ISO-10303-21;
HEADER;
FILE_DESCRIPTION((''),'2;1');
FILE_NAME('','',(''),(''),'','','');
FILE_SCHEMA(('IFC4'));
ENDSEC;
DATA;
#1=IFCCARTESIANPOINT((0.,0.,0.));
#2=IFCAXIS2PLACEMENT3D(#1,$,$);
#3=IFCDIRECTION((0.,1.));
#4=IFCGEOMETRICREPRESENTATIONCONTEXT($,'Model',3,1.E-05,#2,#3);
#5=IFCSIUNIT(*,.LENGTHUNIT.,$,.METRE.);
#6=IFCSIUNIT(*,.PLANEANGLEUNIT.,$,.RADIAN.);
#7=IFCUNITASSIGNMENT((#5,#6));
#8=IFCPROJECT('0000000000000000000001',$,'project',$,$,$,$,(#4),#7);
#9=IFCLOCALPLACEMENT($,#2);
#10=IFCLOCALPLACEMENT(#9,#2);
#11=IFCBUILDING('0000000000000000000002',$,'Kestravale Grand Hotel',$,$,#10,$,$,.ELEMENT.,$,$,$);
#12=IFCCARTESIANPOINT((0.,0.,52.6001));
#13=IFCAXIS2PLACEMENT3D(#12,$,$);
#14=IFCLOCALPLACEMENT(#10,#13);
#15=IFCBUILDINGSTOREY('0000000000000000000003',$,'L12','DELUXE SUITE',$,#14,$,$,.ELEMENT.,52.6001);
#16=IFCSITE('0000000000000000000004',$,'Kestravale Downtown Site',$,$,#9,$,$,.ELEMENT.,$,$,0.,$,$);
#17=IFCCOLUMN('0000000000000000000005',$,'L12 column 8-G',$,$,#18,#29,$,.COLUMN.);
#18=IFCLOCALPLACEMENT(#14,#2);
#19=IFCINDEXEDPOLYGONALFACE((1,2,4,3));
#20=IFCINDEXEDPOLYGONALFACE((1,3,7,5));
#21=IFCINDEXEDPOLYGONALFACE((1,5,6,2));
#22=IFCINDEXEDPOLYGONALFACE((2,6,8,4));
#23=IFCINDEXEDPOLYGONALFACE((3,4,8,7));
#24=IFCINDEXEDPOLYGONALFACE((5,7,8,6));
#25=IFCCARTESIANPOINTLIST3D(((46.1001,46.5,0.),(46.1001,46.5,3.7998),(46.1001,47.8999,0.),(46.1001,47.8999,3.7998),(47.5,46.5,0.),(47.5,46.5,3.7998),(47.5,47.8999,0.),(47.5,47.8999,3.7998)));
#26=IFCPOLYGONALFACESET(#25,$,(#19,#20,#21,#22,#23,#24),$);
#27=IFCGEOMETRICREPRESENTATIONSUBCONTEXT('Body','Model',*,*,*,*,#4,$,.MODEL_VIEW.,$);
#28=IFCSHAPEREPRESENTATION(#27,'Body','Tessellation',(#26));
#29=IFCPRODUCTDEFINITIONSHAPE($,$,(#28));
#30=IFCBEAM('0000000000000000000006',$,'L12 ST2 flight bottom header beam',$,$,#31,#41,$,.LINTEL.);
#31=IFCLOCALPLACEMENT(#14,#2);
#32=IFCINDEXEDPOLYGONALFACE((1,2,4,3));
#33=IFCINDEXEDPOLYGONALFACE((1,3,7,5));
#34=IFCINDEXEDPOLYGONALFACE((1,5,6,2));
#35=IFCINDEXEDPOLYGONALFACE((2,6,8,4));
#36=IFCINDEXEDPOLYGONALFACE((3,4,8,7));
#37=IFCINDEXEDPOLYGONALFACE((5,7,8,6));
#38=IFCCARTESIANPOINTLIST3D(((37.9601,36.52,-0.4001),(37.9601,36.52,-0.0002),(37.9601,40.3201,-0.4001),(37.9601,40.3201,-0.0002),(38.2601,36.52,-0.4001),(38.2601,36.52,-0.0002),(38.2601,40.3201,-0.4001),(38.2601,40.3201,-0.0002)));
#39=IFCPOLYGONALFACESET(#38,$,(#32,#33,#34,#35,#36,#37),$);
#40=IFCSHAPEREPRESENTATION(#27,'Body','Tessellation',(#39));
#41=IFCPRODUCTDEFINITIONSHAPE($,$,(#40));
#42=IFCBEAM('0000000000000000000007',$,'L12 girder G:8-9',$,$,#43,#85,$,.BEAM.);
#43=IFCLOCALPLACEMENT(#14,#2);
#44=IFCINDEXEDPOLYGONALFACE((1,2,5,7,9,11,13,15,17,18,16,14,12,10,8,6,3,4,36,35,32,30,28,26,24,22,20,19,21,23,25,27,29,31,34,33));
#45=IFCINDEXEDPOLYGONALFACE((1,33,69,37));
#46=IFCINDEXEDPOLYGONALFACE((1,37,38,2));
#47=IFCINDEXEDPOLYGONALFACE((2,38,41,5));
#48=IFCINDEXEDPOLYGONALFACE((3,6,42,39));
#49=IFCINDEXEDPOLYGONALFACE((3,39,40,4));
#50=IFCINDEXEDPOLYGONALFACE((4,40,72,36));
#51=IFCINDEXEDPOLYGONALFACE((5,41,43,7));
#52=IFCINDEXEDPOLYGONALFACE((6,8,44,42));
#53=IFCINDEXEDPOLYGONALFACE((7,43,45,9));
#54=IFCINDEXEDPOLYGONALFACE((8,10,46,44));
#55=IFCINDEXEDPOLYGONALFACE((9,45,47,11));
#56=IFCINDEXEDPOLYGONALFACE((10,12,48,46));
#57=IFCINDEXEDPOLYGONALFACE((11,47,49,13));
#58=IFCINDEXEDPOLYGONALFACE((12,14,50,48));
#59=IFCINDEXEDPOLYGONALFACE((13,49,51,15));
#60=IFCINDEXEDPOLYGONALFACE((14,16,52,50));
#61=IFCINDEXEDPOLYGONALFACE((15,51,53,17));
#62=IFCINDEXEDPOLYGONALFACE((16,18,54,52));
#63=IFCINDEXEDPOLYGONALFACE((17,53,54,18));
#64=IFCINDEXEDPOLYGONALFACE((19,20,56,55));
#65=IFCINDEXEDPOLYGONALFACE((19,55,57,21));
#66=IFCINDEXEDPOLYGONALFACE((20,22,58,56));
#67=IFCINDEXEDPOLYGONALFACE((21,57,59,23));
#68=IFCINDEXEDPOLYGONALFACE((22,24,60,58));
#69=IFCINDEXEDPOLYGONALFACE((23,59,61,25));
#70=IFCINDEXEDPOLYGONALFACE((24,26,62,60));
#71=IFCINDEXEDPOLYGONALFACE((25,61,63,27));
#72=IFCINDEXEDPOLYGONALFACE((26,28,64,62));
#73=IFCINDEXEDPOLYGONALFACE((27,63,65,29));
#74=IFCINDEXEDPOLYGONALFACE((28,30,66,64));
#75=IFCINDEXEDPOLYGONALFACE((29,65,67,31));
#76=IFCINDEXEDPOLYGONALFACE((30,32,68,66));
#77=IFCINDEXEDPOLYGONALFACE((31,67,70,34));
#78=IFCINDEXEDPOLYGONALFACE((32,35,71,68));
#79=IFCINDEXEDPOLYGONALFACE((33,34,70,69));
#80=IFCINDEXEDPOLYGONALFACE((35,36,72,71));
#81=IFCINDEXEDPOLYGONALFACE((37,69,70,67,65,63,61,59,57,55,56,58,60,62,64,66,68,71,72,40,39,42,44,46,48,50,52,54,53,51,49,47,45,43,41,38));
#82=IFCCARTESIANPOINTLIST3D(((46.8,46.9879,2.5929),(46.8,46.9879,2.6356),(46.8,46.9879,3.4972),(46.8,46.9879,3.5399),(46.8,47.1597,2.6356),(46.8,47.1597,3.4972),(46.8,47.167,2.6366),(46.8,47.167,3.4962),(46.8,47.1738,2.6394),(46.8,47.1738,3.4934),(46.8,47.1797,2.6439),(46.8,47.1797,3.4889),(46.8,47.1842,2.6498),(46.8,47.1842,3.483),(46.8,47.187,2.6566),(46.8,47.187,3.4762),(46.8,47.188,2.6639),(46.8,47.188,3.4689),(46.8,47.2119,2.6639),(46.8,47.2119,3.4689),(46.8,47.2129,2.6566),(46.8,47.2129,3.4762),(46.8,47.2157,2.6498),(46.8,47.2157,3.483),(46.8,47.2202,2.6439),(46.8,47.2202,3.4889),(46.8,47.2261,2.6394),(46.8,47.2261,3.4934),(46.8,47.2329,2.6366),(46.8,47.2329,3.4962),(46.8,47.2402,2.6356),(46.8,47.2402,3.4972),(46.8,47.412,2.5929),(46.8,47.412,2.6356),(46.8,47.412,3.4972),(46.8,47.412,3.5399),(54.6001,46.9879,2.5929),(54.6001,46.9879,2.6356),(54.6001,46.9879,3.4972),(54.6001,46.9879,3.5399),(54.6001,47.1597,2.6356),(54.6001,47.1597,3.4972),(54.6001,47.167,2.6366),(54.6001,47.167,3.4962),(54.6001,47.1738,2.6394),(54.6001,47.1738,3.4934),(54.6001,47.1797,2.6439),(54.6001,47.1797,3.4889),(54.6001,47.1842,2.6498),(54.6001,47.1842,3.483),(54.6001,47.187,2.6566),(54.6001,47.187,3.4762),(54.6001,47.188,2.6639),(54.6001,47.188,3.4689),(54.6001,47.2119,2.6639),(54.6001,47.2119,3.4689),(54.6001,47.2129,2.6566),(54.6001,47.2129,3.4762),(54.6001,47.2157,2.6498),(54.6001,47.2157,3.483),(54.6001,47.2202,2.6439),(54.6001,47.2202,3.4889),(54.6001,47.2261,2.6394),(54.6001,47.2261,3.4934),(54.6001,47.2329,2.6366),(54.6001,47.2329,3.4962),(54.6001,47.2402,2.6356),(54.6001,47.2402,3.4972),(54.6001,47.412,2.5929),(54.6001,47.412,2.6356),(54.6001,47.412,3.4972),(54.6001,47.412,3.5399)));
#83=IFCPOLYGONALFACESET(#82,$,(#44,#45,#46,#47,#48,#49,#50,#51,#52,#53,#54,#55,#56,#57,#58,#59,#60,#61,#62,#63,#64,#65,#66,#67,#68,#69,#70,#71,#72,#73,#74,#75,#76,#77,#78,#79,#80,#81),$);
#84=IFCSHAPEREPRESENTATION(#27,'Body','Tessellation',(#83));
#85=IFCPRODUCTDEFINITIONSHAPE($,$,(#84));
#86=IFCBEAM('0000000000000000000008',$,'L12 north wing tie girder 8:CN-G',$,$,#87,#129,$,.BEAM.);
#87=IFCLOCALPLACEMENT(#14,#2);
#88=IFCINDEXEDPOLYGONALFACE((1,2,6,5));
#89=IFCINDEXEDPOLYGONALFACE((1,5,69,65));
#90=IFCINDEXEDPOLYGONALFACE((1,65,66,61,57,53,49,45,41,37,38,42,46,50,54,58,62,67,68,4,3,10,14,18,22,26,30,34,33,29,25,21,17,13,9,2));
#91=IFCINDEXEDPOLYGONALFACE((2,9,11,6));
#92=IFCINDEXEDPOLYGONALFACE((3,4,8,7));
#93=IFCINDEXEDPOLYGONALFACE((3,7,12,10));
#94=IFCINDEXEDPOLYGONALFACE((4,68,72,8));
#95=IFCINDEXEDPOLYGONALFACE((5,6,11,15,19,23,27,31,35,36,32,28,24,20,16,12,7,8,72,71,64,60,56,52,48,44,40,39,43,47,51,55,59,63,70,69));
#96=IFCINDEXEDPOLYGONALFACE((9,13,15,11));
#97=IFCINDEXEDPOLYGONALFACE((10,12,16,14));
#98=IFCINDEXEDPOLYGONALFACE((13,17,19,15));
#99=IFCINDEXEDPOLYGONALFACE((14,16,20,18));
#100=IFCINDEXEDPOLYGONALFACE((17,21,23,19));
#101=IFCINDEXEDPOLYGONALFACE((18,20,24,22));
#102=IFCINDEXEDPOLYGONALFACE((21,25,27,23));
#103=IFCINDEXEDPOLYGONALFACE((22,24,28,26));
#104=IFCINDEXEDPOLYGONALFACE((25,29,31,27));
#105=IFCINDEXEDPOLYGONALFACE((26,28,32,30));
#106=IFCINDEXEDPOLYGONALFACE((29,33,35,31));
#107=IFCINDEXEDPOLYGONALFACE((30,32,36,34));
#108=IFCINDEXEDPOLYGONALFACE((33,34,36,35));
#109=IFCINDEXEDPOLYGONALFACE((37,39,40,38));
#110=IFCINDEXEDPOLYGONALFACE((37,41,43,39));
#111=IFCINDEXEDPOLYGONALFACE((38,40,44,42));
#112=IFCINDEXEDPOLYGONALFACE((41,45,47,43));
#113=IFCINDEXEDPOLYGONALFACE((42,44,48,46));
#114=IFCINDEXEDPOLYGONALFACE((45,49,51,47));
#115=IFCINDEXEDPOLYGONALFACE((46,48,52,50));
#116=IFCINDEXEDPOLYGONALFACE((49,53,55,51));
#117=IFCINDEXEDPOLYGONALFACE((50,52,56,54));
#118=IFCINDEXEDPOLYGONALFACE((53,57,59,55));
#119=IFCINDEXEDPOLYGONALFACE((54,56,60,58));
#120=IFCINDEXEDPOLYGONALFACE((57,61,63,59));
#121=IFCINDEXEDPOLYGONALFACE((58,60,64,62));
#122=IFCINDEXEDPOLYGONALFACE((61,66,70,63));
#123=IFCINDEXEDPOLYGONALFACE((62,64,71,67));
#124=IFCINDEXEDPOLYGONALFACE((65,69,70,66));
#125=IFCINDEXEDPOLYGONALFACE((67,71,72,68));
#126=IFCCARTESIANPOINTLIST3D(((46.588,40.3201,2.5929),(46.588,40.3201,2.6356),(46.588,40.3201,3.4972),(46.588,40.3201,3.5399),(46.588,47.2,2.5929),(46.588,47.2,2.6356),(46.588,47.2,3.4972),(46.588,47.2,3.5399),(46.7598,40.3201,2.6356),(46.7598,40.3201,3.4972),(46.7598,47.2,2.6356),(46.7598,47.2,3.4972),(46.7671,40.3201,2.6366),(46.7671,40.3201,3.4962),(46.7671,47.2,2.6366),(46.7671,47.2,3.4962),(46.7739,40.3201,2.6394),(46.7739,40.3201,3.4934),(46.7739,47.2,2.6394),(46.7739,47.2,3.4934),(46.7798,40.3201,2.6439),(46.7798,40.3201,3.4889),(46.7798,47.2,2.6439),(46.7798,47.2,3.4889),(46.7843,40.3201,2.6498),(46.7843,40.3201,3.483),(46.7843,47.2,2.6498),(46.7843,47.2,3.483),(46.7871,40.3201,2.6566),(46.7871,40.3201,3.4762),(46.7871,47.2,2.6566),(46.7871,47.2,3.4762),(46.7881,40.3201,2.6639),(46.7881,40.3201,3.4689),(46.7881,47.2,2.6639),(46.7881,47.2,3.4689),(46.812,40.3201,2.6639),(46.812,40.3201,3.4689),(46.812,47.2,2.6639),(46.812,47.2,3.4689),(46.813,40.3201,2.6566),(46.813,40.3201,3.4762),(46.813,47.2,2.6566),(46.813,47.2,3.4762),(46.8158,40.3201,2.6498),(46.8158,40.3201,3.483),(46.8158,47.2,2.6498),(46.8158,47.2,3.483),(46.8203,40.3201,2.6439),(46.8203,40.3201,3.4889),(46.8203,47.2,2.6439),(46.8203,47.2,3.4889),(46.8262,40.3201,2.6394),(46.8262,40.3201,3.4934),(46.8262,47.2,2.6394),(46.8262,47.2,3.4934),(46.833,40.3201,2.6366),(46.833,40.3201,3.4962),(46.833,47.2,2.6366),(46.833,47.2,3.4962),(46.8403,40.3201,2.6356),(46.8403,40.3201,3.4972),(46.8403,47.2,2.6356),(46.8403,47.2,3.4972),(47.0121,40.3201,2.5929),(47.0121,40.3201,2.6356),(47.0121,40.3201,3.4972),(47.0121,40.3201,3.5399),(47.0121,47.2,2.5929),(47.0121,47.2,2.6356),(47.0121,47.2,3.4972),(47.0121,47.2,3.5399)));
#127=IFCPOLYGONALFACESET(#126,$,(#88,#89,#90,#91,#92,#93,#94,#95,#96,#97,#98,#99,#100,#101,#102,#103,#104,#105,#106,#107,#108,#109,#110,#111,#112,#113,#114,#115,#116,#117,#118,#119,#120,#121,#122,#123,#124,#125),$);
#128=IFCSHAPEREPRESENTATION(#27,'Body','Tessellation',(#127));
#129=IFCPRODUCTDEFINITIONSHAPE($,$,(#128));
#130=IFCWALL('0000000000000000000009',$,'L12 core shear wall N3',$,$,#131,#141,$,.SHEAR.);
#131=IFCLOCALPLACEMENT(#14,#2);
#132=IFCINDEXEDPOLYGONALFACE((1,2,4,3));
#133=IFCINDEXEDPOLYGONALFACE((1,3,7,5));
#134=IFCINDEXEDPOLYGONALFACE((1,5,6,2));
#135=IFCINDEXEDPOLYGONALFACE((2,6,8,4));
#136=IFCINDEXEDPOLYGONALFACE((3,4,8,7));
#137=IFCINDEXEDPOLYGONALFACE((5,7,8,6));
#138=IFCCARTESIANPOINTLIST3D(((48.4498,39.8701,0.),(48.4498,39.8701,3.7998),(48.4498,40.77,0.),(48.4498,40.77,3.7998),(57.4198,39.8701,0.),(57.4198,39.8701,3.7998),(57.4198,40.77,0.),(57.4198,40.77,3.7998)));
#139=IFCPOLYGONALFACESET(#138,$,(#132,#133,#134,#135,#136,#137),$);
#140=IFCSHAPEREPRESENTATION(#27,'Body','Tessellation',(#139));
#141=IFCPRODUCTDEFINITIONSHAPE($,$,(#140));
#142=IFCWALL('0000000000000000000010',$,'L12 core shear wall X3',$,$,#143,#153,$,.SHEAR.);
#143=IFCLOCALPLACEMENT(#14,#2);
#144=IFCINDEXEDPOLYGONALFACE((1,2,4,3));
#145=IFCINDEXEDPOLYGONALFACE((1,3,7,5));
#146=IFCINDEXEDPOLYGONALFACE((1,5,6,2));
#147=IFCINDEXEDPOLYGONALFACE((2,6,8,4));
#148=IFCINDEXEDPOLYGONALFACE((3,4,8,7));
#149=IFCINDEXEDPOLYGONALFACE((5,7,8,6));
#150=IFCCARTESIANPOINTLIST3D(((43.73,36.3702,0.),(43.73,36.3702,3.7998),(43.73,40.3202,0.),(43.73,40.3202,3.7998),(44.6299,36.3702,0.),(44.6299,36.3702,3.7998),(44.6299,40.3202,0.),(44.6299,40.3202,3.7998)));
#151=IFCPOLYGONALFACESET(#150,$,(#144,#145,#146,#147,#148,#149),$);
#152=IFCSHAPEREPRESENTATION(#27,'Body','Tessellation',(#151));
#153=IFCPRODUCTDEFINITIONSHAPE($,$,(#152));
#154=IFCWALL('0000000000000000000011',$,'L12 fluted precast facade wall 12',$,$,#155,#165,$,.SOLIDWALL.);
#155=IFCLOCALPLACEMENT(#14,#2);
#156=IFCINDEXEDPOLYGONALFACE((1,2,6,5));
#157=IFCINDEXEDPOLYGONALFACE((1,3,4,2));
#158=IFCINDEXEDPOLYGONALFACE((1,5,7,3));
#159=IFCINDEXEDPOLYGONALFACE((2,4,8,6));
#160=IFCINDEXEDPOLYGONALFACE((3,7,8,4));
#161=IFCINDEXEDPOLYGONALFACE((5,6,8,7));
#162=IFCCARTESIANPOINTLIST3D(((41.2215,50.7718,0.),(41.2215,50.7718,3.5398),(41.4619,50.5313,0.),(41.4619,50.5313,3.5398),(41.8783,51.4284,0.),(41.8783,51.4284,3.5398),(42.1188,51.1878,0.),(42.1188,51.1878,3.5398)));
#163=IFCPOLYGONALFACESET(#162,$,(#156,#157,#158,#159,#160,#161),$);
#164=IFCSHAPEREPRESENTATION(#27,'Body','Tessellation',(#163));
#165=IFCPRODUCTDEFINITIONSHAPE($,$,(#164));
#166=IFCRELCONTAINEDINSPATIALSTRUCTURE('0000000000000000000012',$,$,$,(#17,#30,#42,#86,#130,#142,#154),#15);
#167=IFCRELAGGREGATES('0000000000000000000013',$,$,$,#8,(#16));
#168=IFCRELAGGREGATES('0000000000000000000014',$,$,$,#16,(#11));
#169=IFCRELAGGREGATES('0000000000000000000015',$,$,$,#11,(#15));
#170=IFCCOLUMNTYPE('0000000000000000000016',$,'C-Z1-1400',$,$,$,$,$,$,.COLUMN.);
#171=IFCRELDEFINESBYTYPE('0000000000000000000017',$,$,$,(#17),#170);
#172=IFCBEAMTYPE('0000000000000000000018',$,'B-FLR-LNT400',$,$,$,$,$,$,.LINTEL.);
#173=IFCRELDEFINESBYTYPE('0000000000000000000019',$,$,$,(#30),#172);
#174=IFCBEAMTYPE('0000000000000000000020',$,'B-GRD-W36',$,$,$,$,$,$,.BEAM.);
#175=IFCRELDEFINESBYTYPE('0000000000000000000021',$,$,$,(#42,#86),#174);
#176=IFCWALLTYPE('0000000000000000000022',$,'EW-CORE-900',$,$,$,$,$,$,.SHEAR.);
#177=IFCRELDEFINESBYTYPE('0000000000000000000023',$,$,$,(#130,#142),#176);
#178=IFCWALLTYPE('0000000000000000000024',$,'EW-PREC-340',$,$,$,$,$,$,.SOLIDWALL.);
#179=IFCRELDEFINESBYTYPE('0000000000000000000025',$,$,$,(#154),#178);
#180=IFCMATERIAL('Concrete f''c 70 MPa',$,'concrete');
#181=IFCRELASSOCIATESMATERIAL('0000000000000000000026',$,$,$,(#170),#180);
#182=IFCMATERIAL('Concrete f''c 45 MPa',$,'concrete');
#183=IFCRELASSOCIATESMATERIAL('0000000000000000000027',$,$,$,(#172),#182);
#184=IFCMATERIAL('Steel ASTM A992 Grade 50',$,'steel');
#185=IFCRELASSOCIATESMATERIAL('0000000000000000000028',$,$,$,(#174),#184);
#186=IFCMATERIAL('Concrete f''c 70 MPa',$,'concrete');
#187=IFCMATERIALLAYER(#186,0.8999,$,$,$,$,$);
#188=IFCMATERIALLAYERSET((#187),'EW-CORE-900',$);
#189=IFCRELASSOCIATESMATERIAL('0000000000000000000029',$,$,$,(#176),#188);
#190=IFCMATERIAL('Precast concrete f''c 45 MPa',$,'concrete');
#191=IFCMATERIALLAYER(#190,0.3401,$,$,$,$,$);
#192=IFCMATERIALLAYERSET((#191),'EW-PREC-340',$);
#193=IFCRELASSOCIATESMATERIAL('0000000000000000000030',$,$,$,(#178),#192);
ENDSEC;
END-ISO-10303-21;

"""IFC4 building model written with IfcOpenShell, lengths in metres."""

from ifc_helpers import new_model, si_unit, direction, frame, frame_2d, origin, origin_2d, place, context, subcontext, project, spatial, rectangle, i_section, extrude, material, layer, layer_set, material_profile, profile_set, type_object, element, save


model = new_model("IFC4")

# Units and contexts
model_context = context("Model", 3, precision=1e-05, world=origin(), true_north=direction((0.0, 1.0)))
body_context = subcontext(model_context, "Body", "Model", "MODEL_VIEW")
ifc_project = project(units=[si_unit("LENGTHUNIT", "METRE"), si_unit("PLANEANGLEUNIT", "RADIAN")], contexts=[model_context])

# Site, building, storey
site_placement = place(None, origin())
site = spatial("IfcSite", under=ifc_project, at=site_placement, Name="Kestravale Downtown Site", CompositionType="ELEMENT", RefElevation=0.0)
building_placement = place(site_placement, origin())
building = spatial("IfcBuilding", under=site, at=building_placement, Name="Kestravale Grand Hotel", CompositionType="ELEMENT")
storey_placement = place(building_placement, frame((0.0, 0.0, 52.6001)))
storey = spatial("IfcBuildingStorey", under=building, at=storey_placement, Name="L12", Description="DELUXE SUITE", CompositionType="ELEMENT", Elevation=52.6001)

# Column
ifc_material_1 = material(Name="Concrete f'c 70 MPa", Category="concrete")
ifc_material_profile_1 = material_profile(ifc_material_1, rectangle(XDim=1.3999, YDim=1.3999, at=origin_2d()))
ifc_profile_set_1 = profile_set([ifc_material_profile_1], Name="Concrete f'c 70 MPa")
column_type = type_object("IfcColumnType", Name="C-Z1-1400", PredefinedType="COLUMN", material=ifc_profile_set_1)
column_placement = place(storey_placement, frame((46.8, 47.2, 0.0), z_axis=(0.0, 0.0, 1.0), x_axis=(1.0, 0.0, 0.0)))
element("IfcColumn", 1, at=column_placement, inside=storey, type_object=column_type, Name="L12 column 8-G", PredefinedType="COLUMN", context=body_context, shape_type="SweptSolid", body=[
    extrude(rectangle(XDim=1.3999, YDim=1.3999, at=origin_2d()), origin(), (0.0, 0.0, 1.0), 3.7998),
])

# Beams
ifc_material_2 = material(Name="Concrete f'c 45 MPa", Category="concrete")
ifc_material_profile_2 = material_profile(ifc_material_2, rectangle(XDim=0.3, YDim=0.3999, at=origin_2d()))
ifc_profile_set_2 = profile_set([ifc_material_profile_2], Name="Concrete f'c 45 MPa")
beam_type_1 = type_object("IfcBeamType", Name="B-FLR-LNT400", PredefinedType="LINTEL", material=ifc_profile_set_2)
beam_1_placement = place(storey_placement, frame((38.1101, 36.52, -0.2002), z_axis=(0.0, 1.0, 0.0), x_axis=(-1.0, 0.0, 0.0)))
element("IfcBeam", 2, at=beam_1_placement, inside=storey, type_object=beam_type_1, Name="L12 ST2 flight bottom header beam", PredefinedType="LINTEL", context=body_context, shape_type="SweptSolid", body=[
    extrude(rectangle(XDim=0.3, YDim=0.3999, at=origin_2d()), origin(), (0.0, 0.0, 1.0), 3.8),
])
ifc_material_3 = material(Name="Steel ASTM A992 Grade 50", Category="steel")
ifc_material_profile_3 = material_profile(ifc_material_3, i_section(OverallWidth=0.4241, OverallDepth=0.947, WebThickness=0.0239, FlangeThickness=0.0427, FilletRadius=0.0283, at=origin_2d()))
ifc_profile_set_3 = profile_set([ifc_material_profile_3], Name="Steel ASTM A992 Grade 50")
beam_type_2 = type_object("IfcBeamType", Name="B-GRD-W36", PredefinedType="BEAM", material=ifc_profile_set_3)
beam_2_placement = place(storey_placement, frame((46.8, 47.2, 3.0664), z_axis=(1.0, 0.0, 0.0), x_axis=(0.0, 1.0, 0.0)))
element("IfcBeam", 3, at=beam_2_placement, inside=storey, type_object=beam_type_2, Name="L12 girder G:8-9", PredefinedType="BEAM", context=body_context, shape_type="SweptSolid", body=[
    extrude(i_section(OverallWidth=0.4241, OverallDepth=0.947, WebThickness=0.0239, FlangeThickness=0.0427, FilletRadius=0.0283, at=origin_2d()), origin(), (0.0, 0.0, 1.0), 7.8),
])
beam_3_placement = place(storey_placement, frame((46.8, 40.3201, 3.0664), z_axis=(0.0, 1.0, 0.0), x_axis=(-1.0, 0.0, 0.0)))
element("IfcBeam", 4, at=beam_3_placement, inside=storey, type_object=beam_type_2, Name="L12 north wing tie girder 8:CN-G", PredefinedType="BEAM", context=body_context, shape_type="SweptSolid", body=[
    extrude(i_section(OverallWidth=0.4241, OverallDepth=0.947, WebThickness=0.0239, FlangeThickness=0.0427, FilletRadius=0.0283, at=origin_2d()), origin(), (0.0, 0.0, 1.0), 6.8799),
])

# Walls
ifc_material_4 = material(Name="Concrete f'c 70 MPa", Category="concrete")
ifc_layer_1 = layer(ifc_material_4, 0.8999)
ifc_layer_set_1 = layer_set([ifc_layer_1], Name="EW-CORE-900")
wall_type_1 = type_object("IfcWallType", Name="EW-CORE-900", PredefinedType="SHEAR", material=ifc_layer_set_1)
wall_1_placement = place(storey_placement, frame((48.45, 40.3201, 0.0), z_axis=(0.0, 0.0, 1.0), x_axis=(1.0, 0.0, 0.0)))
element("IfcWall", 5, at=wall_1_placement, inside=storey, type_object=wall_type_1, Name="L12 core shear wall N3", PredefinedType="SHEAR", context=body_context, shape_type="SweptSolid", body=[
    extrude(rectangle(XDim=8.97, YDim=0.8999, at=frame_2d((4.4849, 0.0))), origin(), (0.0, 0.0, 1.0), 3.7998),
])
wall_2_placement = place(storey_placement, frame((44.1799, 36.3701, 0.0), z_axis=(0.0, 0.0, 1.0), x_axis=(0.0, 1.0, 0.0)))
element("IfcWall", 6, at=wall_2_placement, inside=storey, type_object=wall_type_1, Name="L12 core shear wall X3", PredefinedType="SHEAR", context=body_context, shape_type="SweptSolid", body=[
    extrude(rectangle(XDim=3.95, YDim=0.8999, at=frame_2d((1.9751, 0.0))), origin(), (0.0, 0.0, 1.0), 3.7998),
])
ifc_material_5 = material(Name="Precast concrete f'c 45 MPa", Category="concrete")
ifc_layer_2 = layer(ifc_material_5, 0.3401)
ifc_layer_set_2 = layer_set([ifc_layer_2], Name="EW-PREC-340")
wall_type_2 = type_object("IfcWallType", Name="EW-PREC-340", PredefinedType="SOLIDWALL", material=ifc_layer_set_2)
wall_3_placement = place(storey_placement, frame((41.9985, 51.3081, 0.0), z_axis=(0.0, 0.0, 1.0), x_axis=(-0.707238, -0.706975, 0.0)))
element("IfcWall", 7, at=wall_3_placement, inside=storey, type_object=wall_type_2, Name="L12 fluted precast facade wall 12", PredefinedType="SOLIDWALL", context=body_context, shape_type="SweptSolid", body=[
    extrude(rectangle(XDim=0.9287, YDim=0.3401, at=frame_2d((0.4644, 0.0))), origin(), (0.0, 0.0, 1.0), 3.5398),
])

save(model, "model.ifc")
